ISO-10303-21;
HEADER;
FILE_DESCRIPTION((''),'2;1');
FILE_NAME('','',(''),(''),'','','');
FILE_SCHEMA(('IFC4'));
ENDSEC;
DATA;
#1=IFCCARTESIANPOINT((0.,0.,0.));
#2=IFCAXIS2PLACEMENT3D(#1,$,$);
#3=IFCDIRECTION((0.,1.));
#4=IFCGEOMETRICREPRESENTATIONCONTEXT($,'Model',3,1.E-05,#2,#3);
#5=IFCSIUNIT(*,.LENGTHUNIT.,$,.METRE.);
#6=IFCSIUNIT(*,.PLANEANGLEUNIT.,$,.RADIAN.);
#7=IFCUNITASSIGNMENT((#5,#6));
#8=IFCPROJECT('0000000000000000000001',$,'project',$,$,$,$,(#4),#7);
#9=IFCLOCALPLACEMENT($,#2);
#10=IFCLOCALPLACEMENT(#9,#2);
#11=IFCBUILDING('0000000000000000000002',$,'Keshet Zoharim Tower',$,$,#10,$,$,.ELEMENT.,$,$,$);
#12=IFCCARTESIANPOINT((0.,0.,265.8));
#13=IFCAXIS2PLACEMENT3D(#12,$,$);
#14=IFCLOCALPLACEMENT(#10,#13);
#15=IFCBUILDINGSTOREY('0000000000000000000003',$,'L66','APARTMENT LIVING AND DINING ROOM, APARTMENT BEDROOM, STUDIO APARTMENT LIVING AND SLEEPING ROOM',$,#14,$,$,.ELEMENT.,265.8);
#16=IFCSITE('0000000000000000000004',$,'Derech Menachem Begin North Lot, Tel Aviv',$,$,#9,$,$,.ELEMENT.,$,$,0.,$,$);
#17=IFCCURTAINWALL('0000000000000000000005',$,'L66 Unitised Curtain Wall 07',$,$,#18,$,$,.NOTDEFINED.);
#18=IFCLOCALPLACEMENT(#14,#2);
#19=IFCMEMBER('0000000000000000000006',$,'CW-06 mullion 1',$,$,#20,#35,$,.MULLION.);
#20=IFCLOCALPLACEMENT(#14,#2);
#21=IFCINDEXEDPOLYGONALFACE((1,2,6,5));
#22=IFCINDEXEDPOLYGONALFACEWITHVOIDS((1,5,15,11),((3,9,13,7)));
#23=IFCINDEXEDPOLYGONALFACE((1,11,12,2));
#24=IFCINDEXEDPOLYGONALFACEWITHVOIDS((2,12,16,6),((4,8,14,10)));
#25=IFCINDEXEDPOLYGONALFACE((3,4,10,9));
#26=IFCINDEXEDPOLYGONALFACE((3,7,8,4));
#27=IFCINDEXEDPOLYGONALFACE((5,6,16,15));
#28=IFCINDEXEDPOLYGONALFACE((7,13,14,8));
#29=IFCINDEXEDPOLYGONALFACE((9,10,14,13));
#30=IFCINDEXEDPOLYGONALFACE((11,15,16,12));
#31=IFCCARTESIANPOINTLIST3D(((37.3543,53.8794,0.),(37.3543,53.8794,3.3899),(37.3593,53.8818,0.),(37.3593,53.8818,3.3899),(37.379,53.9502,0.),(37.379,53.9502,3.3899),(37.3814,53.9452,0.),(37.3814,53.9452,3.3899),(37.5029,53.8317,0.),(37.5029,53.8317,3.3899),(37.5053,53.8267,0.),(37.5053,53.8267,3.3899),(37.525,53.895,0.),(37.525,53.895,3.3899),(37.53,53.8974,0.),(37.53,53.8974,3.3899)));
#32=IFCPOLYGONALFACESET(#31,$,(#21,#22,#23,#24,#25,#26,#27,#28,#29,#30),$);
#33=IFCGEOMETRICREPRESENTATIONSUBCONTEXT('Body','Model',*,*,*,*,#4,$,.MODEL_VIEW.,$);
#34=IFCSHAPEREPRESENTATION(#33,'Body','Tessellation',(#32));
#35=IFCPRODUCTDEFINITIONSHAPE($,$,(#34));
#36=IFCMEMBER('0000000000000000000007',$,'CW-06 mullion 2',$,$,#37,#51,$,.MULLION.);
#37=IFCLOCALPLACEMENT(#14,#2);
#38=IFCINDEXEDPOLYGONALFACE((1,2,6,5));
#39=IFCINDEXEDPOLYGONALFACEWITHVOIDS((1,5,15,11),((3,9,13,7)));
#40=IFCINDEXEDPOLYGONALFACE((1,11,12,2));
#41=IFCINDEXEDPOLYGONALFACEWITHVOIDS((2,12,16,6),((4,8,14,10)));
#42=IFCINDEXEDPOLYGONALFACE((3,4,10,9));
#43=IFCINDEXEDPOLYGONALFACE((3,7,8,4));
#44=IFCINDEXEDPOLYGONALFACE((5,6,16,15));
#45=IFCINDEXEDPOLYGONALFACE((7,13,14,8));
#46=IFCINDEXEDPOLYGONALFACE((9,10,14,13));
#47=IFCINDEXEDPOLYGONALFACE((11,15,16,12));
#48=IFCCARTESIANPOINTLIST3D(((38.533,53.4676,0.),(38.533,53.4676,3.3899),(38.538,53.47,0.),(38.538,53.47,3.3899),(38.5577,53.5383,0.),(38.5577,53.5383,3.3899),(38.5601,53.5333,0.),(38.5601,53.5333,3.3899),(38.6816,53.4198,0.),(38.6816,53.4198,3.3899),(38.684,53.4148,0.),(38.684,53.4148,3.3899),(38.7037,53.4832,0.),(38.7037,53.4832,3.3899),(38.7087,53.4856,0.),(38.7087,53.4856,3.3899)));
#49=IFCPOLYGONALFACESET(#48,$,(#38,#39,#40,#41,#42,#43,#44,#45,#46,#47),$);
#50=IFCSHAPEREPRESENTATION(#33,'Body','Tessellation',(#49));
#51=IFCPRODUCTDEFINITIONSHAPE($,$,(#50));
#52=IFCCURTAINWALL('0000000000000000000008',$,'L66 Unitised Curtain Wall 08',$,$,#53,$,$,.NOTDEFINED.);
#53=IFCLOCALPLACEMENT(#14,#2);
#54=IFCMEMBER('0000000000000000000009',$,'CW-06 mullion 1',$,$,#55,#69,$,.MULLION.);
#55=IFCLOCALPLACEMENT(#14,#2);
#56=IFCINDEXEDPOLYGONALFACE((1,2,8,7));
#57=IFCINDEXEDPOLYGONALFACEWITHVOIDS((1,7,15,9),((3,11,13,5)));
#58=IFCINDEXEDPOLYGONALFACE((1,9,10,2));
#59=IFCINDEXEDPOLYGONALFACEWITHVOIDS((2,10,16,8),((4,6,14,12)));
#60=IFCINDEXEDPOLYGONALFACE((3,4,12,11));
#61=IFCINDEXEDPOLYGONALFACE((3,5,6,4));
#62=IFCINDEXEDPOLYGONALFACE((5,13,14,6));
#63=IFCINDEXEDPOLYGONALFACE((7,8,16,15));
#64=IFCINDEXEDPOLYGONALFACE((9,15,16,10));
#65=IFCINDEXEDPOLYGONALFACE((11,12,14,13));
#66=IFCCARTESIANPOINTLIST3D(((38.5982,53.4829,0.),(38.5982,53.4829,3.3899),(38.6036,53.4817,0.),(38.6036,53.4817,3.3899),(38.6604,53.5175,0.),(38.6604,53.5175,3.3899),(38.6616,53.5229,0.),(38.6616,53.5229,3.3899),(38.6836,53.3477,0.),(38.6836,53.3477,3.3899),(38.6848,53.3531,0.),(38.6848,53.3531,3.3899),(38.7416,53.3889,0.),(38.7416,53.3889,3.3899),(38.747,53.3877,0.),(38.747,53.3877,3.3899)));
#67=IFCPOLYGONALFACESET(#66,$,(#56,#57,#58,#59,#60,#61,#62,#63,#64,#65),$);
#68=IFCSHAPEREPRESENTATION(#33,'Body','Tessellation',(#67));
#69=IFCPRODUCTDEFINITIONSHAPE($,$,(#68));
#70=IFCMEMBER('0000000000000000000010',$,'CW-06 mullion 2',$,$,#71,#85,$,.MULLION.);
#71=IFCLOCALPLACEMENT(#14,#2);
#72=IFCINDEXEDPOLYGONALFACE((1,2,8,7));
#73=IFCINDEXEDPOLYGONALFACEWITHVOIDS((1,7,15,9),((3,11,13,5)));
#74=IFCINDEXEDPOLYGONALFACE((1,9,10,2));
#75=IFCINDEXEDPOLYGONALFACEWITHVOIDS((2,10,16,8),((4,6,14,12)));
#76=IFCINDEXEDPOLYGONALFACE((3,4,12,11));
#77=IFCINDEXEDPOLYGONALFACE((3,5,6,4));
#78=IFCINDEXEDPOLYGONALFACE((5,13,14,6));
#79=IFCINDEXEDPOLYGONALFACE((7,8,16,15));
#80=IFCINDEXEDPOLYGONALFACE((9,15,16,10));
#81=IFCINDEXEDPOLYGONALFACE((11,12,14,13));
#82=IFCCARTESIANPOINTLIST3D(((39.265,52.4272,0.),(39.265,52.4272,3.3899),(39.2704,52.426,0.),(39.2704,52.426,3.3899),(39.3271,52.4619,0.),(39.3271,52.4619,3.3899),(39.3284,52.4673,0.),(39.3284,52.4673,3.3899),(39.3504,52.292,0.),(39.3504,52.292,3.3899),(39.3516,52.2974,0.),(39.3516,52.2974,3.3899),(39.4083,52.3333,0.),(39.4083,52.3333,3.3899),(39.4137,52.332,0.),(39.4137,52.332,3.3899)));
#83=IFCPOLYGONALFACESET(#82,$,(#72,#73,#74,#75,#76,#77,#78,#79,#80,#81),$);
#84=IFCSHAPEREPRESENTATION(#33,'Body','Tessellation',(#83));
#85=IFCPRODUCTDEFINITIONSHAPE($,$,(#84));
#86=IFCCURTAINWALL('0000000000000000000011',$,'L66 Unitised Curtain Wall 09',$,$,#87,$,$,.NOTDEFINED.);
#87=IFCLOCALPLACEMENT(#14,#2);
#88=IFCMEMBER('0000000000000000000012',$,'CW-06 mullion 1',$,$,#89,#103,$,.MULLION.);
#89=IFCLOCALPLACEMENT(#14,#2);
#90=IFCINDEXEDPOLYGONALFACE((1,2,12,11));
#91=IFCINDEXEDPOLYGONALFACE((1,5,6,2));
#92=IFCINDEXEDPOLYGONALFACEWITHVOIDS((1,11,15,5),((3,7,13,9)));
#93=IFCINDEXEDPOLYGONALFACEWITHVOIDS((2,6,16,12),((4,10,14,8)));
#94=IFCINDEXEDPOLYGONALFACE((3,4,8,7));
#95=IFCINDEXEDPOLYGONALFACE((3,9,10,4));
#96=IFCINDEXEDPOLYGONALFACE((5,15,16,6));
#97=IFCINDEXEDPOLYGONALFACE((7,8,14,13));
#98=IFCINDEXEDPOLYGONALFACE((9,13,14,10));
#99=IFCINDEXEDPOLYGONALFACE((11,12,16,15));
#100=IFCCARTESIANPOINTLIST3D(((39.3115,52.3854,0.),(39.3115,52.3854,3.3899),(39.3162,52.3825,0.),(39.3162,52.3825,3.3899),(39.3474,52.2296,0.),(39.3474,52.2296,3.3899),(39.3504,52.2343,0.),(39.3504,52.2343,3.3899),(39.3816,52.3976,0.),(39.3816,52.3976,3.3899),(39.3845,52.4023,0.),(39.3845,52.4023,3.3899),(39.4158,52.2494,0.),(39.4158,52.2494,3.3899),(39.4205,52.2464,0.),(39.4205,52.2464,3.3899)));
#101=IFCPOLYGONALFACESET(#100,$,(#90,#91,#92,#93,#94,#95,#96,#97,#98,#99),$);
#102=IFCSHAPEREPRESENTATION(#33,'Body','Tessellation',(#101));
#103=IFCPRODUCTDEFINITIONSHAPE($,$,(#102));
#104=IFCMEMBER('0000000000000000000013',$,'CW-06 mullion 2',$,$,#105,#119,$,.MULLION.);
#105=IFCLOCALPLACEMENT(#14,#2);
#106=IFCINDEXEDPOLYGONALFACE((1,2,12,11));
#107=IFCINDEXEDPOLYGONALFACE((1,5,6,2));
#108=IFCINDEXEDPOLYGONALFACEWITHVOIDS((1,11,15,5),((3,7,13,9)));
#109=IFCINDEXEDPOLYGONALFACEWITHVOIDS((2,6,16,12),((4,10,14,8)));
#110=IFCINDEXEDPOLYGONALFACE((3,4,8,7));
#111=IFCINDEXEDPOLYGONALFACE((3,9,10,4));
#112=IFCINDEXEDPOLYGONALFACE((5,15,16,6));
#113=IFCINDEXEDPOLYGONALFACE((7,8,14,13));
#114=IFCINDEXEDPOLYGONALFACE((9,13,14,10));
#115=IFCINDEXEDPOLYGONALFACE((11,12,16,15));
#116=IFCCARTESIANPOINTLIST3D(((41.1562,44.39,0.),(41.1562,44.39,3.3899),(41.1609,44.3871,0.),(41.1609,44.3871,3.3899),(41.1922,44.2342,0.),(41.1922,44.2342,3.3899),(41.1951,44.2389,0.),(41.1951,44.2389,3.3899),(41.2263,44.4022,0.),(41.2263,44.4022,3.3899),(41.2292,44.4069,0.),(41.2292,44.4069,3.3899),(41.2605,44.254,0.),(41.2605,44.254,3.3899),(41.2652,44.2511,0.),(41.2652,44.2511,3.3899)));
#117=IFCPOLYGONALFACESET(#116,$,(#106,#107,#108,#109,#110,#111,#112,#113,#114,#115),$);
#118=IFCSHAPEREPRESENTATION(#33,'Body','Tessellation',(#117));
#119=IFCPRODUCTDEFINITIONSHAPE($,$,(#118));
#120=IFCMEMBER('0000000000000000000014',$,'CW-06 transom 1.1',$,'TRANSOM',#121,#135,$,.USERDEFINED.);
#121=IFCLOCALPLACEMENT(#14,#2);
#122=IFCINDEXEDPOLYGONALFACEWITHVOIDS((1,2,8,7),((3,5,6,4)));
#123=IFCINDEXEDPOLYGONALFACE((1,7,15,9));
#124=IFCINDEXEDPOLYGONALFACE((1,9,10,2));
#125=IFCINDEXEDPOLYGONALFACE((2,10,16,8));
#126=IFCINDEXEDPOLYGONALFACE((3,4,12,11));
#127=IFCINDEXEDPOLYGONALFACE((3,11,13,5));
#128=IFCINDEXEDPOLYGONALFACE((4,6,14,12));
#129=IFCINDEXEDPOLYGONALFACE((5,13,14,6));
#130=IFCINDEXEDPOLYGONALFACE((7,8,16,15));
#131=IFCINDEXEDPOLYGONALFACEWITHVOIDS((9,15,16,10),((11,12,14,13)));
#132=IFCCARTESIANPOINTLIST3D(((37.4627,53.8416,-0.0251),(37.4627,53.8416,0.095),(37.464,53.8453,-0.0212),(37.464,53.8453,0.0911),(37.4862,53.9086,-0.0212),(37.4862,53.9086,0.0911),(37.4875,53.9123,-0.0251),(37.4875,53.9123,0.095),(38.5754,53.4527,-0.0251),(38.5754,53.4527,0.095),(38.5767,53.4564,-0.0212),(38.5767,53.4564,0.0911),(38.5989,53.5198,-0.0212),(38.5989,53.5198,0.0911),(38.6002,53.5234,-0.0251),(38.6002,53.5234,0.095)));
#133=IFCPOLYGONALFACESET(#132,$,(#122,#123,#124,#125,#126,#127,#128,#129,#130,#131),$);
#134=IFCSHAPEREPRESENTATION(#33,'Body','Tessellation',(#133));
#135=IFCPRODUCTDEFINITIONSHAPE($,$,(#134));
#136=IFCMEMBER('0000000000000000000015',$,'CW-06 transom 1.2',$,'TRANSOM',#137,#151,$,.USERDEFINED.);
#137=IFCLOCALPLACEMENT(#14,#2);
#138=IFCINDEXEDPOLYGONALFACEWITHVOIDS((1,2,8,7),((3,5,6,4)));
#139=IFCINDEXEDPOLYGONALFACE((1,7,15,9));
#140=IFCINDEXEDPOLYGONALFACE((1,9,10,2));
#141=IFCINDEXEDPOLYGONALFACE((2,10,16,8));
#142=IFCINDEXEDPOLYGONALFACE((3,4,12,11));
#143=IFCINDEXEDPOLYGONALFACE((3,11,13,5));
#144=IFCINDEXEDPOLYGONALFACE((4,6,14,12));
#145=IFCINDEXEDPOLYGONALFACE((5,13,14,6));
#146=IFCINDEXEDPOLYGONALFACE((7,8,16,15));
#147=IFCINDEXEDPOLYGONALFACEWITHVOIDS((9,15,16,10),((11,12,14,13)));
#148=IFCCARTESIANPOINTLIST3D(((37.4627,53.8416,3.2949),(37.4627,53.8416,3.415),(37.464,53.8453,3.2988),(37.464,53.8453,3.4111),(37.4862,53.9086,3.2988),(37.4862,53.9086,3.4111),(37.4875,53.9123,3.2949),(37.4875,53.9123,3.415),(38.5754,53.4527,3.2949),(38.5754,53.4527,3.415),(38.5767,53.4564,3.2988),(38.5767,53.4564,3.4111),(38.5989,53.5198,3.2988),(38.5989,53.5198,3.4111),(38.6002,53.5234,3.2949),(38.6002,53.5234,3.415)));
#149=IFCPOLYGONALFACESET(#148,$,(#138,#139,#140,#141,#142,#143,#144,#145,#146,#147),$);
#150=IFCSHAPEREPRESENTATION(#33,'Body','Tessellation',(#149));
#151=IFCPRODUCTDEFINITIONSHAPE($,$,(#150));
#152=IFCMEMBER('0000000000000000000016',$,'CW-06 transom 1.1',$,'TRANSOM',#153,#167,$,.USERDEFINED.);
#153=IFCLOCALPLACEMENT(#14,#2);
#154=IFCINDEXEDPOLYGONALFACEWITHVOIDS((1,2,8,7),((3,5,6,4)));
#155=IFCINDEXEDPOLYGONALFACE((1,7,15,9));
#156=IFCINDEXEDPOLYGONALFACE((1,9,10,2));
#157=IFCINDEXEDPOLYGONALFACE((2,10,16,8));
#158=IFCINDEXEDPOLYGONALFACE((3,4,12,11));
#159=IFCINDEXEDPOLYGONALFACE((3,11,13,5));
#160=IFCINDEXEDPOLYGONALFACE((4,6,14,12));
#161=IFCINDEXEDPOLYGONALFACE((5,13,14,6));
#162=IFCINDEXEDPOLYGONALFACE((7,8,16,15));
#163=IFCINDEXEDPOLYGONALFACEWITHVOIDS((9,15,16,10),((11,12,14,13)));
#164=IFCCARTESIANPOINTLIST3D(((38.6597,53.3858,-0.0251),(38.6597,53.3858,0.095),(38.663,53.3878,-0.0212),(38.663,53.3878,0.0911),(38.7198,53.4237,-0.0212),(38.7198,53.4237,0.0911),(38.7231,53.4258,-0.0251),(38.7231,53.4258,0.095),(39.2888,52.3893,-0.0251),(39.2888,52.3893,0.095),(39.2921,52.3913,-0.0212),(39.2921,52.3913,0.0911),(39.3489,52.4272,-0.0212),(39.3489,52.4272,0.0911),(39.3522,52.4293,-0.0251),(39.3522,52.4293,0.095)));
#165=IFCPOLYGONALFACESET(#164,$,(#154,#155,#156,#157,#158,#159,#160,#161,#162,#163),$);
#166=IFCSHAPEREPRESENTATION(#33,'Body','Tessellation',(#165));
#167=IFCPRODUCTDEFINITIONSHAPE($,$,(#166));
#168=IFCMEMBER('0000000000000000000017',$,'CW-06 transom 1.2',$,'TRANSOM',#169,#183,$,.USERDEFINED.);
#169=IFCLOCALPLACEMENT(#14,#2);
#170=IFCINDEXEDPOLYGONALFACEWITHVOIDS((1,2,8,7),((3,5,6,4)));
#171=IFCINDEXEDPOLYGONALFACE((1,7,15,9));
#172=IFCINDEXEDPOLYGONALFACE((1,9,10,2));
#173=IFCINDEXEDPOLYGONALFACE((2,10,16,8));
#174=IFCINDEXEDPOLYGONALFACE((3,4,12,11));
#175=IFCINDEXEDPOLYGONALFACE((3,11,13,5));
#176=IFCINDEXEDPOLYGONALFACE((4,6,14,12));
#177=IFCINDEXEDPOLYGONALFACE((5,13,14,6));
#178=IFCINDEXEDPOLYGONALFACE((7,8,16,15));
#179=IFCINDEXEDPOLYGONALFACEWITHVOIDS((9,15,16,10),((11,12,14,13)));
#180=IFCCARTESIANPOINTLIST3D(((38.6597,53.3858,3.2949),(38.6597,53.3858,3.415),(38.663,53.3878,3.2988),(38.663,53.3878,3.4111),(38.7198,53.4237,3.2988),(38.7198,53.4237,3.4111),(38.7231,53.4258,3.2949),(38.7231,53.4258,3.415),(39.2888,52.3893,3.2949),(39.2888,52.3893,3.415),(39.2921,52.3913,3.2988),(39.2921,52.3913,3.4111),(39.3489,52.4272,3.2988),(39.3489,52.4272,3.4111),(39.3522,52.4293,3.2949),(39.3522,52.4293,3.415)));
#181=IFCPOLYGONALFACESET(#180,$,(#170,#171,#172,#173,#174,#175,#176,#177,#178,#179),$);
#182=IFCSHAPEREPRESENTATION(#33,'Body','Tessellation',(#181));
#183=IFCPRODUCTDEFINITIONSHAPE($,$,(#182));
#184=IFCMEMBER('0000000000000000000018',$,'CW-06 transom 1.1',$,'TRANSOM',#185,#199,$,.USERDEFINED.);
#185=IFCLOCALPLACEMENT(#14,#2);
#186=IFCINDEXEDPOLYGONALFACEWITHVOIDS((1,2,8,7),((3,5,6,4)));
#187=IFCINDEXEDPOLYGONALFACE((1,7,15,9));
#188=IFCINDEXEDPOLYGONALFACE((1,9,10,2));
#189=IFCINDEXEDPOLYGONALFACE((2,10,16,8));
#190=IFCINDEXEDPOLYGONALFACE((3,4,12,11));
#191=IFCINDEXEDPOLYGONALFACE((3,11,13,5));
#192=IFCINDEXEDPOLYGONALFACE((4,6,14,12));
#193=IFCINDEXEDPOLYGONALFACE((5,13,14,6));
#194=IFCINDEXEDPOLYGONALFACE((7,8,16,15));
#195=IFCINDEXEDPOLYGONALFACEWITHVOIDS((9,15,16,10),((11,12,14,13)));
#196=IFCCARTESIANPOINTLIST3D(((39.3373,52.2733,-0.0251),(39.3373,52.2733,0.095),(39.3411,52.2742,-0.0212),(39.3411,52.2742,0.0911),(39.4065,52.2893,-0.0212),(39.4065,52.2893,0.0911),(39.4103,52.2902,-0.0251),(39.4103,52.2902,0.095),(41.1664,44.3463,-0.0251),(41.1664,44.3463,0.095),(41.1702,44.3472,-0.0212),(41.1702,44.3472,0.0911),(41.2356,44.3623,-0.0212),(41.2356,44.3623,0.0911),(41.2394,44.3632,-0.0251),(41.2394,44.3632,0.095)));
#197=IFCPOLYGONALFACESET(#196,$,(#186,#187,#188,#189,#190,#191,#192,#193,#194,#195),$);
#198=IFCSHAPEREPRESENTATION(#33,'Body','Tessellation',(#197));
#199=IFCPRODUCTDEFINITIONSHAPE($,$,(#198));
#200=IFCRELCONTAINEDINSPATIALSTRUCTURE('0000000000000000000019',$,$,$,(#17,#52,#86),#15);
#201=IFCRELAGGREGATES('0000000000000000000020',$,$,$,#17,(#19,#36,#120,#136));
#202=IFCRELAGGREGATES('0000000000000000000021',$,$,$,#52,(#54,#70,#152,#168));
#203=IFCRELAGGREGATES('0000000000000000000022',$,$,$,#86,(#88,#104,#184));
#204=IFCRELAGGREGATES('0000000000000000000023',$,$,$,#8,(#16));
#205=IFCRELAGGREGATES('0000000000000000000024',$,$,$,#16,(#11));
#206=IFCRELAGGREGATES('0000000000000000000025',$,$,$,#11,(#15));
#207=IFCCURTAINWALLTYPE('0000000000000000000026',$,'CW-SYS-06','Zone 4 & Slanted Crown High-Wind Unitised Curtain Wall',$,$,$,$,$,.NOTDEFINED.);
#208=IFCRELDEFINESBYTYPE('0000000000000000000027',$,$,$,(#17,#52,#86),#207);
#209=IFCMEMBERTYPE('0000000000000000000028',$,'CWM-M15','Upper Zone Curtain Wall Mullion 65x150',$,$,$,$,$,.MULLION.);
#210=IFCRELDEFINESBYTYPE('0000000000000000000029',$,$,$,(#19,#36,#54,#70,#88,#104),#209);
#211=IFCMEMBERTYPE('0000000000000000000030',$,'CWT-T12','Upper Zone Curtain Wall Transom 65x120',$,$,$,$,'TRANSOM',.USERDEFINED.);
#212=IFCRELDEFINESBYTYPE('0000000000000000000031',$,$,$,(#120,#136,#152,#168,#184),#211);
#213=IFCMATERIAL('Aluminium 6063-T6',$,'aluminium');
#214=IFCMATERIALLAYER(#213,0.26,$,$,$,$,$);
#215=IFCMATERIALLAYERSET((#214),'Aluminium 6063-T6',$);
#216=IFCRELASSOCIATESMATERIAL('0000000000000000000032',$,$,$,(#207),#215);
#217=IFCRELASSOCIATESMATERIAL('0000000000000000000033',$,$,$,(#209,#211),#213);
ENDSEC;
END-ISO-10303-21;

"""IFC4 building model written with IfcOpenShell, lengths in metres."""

from ifc_helpers import new_model, si_unit, direction, frame, origin, origin_2d, place, context, subcontext, project, spatial, hollow_rectangle, extrude, material, layer, layer_set, material_profile, profile_set, type_object, element, aggregate, save


model = new_model("IFC4")

# Units and contexts
model_context = context("Model", 3, precision=1e-05, world=origin(), true_north=direction((0.0, 1.0)))
body_context = subcontext(model_context, "Body", "Model", "MODEL_VIEW")
ifc_project = project(units=[si_unit("LENGTHUNIT", "METRE"), si_unit("PLANEANGLEUNIT", "RADIAN")], contexts=[model_context])

# Site, building, storey
site_placement = place(None, origin())
site = spatial("IfcSite", under=ifc_project, at=site_placement, Name="Derech Menachem Begin North Lot, Tel Aviv", CompositionType="ELEMENT", RefElevation=0.0)
building_placement = place(site_placement, origin())
building = spatial("IfcBuilding", under=site, at=building_placement, Name="Keshet Zoharim Tower", CompositionType="ELEMENT")
storey_placement = place(building_placement, frame((0.0, 0.0, 265.8)))
storey = spatial("IfcBuildingStorey", under=building, at=storey_placement, Name="L66", Description="APARTMENT LIVING AND DINING ROOM, APARTMENT BEDROOM, STUDIO APARTMENT LIVING AND SLEEPING ROOM", CompositionType="ELEMENT", Elevation=265.8)

# Curtain walls, members
ifc_material_1 = material(Name="Aluminium 6063-T6", Category="aluminium")
ifc_layer_1 = layer(ifc_material_1, 0.26)
ifc_layer_set_1 = layer_set([ifc_layer_1], Name="Aluminium 6063-T6")
curtain_wall_type = type_object("IfcCurtainWallType", Name="CW-SYS-06", Description="Zone 4 & Slanted Crown High-Wind Unitised Curtain Wall", PredefinedType="NOTDEFINED", material=ifc_layer_set_1)
curtain_wall_1_placement = place(storey_placement, origin())
curtain_wall_1 = element("IfcCurtainWall", 1, at=curtain_wall_1_placement, inside=storey, type_object=curtain_wall_type, Name="L66 Unitised Curtain Wall 07", PredefinedType="NOTDEFINED")
ifc_material_profile_1 = material_profile(ifc_material_1, hollow_rectangle(XDim=0.075, YDim=0.1599, WallThickness=0.0039, at=origin_2d()), Name="MUL-75x160")
ifc_profile_set_1 = profile_set([ifc_material_profile_1], Name="Aluminium 6063-T6")
member_type_1 = type_object("IfcMemberType", Name="CWM-M15", Description="Upper Zone Curtain Wall Mullion 65x150", PredefinedType="MULLION", material=ifc_profile_set_1)
member_1_placement = place(storey_placement, frame((37.4421, 53.8884, 0.0), z_axis=(0.0, 0.0, 1.0), x_axis=(0.329844, 0.944036, 0.0)))
member_1 = element("IfcMember", 2, at=member_1_placement, type_object=member_type_1, Name="CW-06 mullion 1", PredefinedType="MULLION", context=body_context, shape_type="SweptSolid", body=[
    extrude(hollow_rectangle(XDim=0.075, YDim=0.1599, WallThickness=0.0039, at=origin_2d()), origin(), (0.0, 0.0, 1.0), 3.3899),
])
member_2_placement = place(storey_placement, frame((38.6208, 53.4766, 0.0), z_axis=(0.0, 0.0, 1.0), x_axis=(0.329844, 0.944036, 0.0)))
member_2 = element("IfcMember", 3, at=member_2_placement, type_object=member_type_1, Name="CW-06 mullion 2", PredefinedType="MULLION", context=body_context, shape_type="SweptSolid", body=[
    extrude(hollow_rectangle(XDim=0.075, YDim=0.1599, WallThickness=0.0039, at=origin_2d()), origin(), (0.0, 0.0, 1.0), 3.3899),
])
curtain_wall_2_placement = place(storey_placement, origin())
curtain_wall_2 = element("IfcCurtainWall", 4, at=curtain_wall_2_placement, inside=storey, type_object=curtain_wall_type, Name="L66 Unitised Curtain Wall 08", PredefinedType="NOTDEFINED")
member_3_placement = place(storey_placement, frame((38.6726, 53.4353, 0.0), z_axis=(0.0, 0.0, 1.0), x_axis=(0.845561, 0.533879, 0.0)))
member_3 = element("IfcMember", 5, at=member_3_placement, type_object=member_type_1, Name="CW-06 mullion 1", PredefinedType="MULLION", context=body_context, shape_type="SweptSolid", body=[
    extrude(hollow_rectangle(XDim=0.075, YDim=0.1599, WallThickness=0.0039, at=origin_2d()), origin(), (0.0, 0.0, 1.0), 3.3899),
])
member_4_placement = place(storey_placement, frame((39.3394, 52.3796, 0.0), z_axis=(0.0, 0.0, 1.0), x_axis=(0.845561, 0.533879, 0.0)))
member_4 = element("IfcMember", 6, at=member_4_placement, type_object=member_type_1, Name="CW-06 mullion 2", PredefinedType="MULLION", context=body_context, shape_type="SweptSolid", body=[
    extrude(hollow_rectangle(XDim=0.075, YDim=0.1599, WallThickness=0.0039, at=origin_2d()), origin(), (0.0, 0.0, 1.0), 3.3899),
])
curtain_wall_3_placement = place(storey_placement, origin())
curtain_wall_3 = element("IfcCurtainWall", 7, at=curtain_wall_3_placement, inside=storey, type_object=curtain_wall_type, Name="L66 Unitised Curtain Wall 09", PredefinedType="NOTDEFINED")
member_5_placement = place(storey_placement, frame((39.366, 52.3159, 0.0), z_axis=(0.0, 0.0, 1.0), x_axis=(0.974398, 0.22483, 0.0)))
member_5 = element("IfcMember", 8, at=member_5_placement, type_object=member_type_1, Name="CW-06 mullion 1", PredefinedType="MULLION", context=body_context, shape_type="SweptSolid", body=[
    extrude(hollow_rectangle(XDim=0.075, YDim=0.1599, WallThickness=0.0039, at=origin_2d()), origin(), (0.0, 0.0, 1.0), 3.3899),
])
member_6_placement = place(storey_placement, frame((41.2107, 44.3206, 0.0), z_axis=(0.0, 0.0, 1.0), x_axis=(0.974398, 0.22483, 0.0)))
member_6 = element("IfcMember", 9, at=member_6_placement, type_object=member_type_1, Name="CW-06 mullion 2", PredefinedType="MULLION", context=body_context, shape_type="SweptSolid", body=[
    extrude(hollow_rectangle(XDim=0.075, YDim=0.1599, WallThickness=0.0039, at=origin_2d()), origin(), (0.0, 0.0, 1.0), 3.3899),
])

# Members
ifc_material_profile_2 = material_profile(ifc_material_1, hollow_rectangle(XDim=0.075, YDim=0.1201, WallThickness=0.0039, at=origin_2d()), Name="TRN-75x120")
ifc_profile_set_2 = profile_set([ifc_material_profile_2], Name="Aluminium 6063-T6")
member_type_2 = type_object("IfcMemberType", Name="CWT-T12", Description="Upper Zone Curtain Wall Transom 65x120", ElementType="TRANSOM", PredefinedType="USERDEFINED", material=ifc_profile_set_2)
member_7_placement = place(storey_placement, frame((37.4751, 53.877, 0.0349), z_axis=(0.944007, -0.329926, 0.0), x_axis=(0.329926, 0.944007, 0.0)))
member_7 = element("IfcMember", 10, at=member_7_placement, type_object=member_type_2, Name="CW-06 transom 1.1", ObjectType="TRANSOM", PredefinedType="USERDEFINED", context=body_context, shape_type="SweptSolid", body=[
    extrude(hollow_rectangle(XDim=0.075, YDim=0.1201, WallThickness=0.0039, at=origin_2d()), origin(), (0.0, 0.0, 1.0), 1.1787),
])
member_8_placement = place(storey_placement, frame((37.4751, 53.877, 3.355), z_axis=(0.944007, -0.329926, 0.0), x_axis=(0.329926, 0.944007, 0.0)))
member_8 = element("IfcMember", 11, at=member_8_placement, type_object=member_type_2, Name="CW-06 transom 1.2", ObjectType="TRANSOM", PredefinedType="USERDEFINED", context=body_context, shape_type="SweptSolid", body=[
    extrude(hollow_rectangle(XDim=0.075, YDim=0.1201, WallThickness=0.0039, at=origin_2d()), origin(), (0.0, 0.0, 1.0), 1.1787),
])
member_9_placement = place(storey_placement, frame((38.6914, 53.4058, 0.0349), z_axis=(0.533829, -0.845592, 0.0), x_axis=(0.845592, 0.533829, 0.0)))
member_9 = element("IfcMember", 12, at=member_9_placement, type_object=member_type_2, Name="CW-06 transom 1.1", ObjectType="TRANSOM", PredefinedType="USERDEFINED", context=body_context, shape_type="SweptSolid", body=[
    extrude(hollow_rectangle(XDim=0.075, YDim=0.1201, WallThickness=0.0039, at=origin_2d()), origin(), (0.0, 0.0, 1.0), 1.1785),
])
member_10_placement = place(storey_placement, frame((38.6914, 53.4058, 3.355), z_axis=(0.533829, -0.845592, 0.0), x_axis=(0.845592, 0.533829, 0.0)))
member_10 = element("IfcMember", 13, at=member_10_placement, type_object=member_type_2, Name="CW-06 transom 1.2", ObjectType="TRANSOM", PredefinedType="USERDEFINED", context=body_context, shape_type="SweptSolid", body=[
    extrude(hollow_rectangle(XDim=0.075, YDim=0.1201, WallThickness=0.0039, at=origin_2d()), origin(), (0.0, 0.0, 1.0), 1.1785),
])
member_11_placement = place(storey_placement, frame((39.3738, 52.2817, 0.0349), z_axis=(0.224835, -0.974397, 0.0), x_axis=(0.974397, 0.224835, 0.0)))
member_11 = element("IfcMember", 14, at=member_11_placement, type_object=member_type_2, Name="CW-06 transom 1.1", ObjectType="TRANSOM", PredefinedType="USERDEFINED", context=body_context, shape_type="SweptSolid", body=[
    extrude(hollow_rectangle(XDim=0.075, YDim=0.1201, WallThickness=0.0039, at=origin_2d()), origin(), (0.0, 0.0, 1.0), 8.1353),
])

aggregate(curtain_wall_1, [member_1, member_2, member_7, member_8])
aggregate(curtain_wall_2, [member_3, member_4, member_9, member_10])
aggregate(curtain_wall_3, [member_5, member_6, member_11])

save(model, "model.ifc")
